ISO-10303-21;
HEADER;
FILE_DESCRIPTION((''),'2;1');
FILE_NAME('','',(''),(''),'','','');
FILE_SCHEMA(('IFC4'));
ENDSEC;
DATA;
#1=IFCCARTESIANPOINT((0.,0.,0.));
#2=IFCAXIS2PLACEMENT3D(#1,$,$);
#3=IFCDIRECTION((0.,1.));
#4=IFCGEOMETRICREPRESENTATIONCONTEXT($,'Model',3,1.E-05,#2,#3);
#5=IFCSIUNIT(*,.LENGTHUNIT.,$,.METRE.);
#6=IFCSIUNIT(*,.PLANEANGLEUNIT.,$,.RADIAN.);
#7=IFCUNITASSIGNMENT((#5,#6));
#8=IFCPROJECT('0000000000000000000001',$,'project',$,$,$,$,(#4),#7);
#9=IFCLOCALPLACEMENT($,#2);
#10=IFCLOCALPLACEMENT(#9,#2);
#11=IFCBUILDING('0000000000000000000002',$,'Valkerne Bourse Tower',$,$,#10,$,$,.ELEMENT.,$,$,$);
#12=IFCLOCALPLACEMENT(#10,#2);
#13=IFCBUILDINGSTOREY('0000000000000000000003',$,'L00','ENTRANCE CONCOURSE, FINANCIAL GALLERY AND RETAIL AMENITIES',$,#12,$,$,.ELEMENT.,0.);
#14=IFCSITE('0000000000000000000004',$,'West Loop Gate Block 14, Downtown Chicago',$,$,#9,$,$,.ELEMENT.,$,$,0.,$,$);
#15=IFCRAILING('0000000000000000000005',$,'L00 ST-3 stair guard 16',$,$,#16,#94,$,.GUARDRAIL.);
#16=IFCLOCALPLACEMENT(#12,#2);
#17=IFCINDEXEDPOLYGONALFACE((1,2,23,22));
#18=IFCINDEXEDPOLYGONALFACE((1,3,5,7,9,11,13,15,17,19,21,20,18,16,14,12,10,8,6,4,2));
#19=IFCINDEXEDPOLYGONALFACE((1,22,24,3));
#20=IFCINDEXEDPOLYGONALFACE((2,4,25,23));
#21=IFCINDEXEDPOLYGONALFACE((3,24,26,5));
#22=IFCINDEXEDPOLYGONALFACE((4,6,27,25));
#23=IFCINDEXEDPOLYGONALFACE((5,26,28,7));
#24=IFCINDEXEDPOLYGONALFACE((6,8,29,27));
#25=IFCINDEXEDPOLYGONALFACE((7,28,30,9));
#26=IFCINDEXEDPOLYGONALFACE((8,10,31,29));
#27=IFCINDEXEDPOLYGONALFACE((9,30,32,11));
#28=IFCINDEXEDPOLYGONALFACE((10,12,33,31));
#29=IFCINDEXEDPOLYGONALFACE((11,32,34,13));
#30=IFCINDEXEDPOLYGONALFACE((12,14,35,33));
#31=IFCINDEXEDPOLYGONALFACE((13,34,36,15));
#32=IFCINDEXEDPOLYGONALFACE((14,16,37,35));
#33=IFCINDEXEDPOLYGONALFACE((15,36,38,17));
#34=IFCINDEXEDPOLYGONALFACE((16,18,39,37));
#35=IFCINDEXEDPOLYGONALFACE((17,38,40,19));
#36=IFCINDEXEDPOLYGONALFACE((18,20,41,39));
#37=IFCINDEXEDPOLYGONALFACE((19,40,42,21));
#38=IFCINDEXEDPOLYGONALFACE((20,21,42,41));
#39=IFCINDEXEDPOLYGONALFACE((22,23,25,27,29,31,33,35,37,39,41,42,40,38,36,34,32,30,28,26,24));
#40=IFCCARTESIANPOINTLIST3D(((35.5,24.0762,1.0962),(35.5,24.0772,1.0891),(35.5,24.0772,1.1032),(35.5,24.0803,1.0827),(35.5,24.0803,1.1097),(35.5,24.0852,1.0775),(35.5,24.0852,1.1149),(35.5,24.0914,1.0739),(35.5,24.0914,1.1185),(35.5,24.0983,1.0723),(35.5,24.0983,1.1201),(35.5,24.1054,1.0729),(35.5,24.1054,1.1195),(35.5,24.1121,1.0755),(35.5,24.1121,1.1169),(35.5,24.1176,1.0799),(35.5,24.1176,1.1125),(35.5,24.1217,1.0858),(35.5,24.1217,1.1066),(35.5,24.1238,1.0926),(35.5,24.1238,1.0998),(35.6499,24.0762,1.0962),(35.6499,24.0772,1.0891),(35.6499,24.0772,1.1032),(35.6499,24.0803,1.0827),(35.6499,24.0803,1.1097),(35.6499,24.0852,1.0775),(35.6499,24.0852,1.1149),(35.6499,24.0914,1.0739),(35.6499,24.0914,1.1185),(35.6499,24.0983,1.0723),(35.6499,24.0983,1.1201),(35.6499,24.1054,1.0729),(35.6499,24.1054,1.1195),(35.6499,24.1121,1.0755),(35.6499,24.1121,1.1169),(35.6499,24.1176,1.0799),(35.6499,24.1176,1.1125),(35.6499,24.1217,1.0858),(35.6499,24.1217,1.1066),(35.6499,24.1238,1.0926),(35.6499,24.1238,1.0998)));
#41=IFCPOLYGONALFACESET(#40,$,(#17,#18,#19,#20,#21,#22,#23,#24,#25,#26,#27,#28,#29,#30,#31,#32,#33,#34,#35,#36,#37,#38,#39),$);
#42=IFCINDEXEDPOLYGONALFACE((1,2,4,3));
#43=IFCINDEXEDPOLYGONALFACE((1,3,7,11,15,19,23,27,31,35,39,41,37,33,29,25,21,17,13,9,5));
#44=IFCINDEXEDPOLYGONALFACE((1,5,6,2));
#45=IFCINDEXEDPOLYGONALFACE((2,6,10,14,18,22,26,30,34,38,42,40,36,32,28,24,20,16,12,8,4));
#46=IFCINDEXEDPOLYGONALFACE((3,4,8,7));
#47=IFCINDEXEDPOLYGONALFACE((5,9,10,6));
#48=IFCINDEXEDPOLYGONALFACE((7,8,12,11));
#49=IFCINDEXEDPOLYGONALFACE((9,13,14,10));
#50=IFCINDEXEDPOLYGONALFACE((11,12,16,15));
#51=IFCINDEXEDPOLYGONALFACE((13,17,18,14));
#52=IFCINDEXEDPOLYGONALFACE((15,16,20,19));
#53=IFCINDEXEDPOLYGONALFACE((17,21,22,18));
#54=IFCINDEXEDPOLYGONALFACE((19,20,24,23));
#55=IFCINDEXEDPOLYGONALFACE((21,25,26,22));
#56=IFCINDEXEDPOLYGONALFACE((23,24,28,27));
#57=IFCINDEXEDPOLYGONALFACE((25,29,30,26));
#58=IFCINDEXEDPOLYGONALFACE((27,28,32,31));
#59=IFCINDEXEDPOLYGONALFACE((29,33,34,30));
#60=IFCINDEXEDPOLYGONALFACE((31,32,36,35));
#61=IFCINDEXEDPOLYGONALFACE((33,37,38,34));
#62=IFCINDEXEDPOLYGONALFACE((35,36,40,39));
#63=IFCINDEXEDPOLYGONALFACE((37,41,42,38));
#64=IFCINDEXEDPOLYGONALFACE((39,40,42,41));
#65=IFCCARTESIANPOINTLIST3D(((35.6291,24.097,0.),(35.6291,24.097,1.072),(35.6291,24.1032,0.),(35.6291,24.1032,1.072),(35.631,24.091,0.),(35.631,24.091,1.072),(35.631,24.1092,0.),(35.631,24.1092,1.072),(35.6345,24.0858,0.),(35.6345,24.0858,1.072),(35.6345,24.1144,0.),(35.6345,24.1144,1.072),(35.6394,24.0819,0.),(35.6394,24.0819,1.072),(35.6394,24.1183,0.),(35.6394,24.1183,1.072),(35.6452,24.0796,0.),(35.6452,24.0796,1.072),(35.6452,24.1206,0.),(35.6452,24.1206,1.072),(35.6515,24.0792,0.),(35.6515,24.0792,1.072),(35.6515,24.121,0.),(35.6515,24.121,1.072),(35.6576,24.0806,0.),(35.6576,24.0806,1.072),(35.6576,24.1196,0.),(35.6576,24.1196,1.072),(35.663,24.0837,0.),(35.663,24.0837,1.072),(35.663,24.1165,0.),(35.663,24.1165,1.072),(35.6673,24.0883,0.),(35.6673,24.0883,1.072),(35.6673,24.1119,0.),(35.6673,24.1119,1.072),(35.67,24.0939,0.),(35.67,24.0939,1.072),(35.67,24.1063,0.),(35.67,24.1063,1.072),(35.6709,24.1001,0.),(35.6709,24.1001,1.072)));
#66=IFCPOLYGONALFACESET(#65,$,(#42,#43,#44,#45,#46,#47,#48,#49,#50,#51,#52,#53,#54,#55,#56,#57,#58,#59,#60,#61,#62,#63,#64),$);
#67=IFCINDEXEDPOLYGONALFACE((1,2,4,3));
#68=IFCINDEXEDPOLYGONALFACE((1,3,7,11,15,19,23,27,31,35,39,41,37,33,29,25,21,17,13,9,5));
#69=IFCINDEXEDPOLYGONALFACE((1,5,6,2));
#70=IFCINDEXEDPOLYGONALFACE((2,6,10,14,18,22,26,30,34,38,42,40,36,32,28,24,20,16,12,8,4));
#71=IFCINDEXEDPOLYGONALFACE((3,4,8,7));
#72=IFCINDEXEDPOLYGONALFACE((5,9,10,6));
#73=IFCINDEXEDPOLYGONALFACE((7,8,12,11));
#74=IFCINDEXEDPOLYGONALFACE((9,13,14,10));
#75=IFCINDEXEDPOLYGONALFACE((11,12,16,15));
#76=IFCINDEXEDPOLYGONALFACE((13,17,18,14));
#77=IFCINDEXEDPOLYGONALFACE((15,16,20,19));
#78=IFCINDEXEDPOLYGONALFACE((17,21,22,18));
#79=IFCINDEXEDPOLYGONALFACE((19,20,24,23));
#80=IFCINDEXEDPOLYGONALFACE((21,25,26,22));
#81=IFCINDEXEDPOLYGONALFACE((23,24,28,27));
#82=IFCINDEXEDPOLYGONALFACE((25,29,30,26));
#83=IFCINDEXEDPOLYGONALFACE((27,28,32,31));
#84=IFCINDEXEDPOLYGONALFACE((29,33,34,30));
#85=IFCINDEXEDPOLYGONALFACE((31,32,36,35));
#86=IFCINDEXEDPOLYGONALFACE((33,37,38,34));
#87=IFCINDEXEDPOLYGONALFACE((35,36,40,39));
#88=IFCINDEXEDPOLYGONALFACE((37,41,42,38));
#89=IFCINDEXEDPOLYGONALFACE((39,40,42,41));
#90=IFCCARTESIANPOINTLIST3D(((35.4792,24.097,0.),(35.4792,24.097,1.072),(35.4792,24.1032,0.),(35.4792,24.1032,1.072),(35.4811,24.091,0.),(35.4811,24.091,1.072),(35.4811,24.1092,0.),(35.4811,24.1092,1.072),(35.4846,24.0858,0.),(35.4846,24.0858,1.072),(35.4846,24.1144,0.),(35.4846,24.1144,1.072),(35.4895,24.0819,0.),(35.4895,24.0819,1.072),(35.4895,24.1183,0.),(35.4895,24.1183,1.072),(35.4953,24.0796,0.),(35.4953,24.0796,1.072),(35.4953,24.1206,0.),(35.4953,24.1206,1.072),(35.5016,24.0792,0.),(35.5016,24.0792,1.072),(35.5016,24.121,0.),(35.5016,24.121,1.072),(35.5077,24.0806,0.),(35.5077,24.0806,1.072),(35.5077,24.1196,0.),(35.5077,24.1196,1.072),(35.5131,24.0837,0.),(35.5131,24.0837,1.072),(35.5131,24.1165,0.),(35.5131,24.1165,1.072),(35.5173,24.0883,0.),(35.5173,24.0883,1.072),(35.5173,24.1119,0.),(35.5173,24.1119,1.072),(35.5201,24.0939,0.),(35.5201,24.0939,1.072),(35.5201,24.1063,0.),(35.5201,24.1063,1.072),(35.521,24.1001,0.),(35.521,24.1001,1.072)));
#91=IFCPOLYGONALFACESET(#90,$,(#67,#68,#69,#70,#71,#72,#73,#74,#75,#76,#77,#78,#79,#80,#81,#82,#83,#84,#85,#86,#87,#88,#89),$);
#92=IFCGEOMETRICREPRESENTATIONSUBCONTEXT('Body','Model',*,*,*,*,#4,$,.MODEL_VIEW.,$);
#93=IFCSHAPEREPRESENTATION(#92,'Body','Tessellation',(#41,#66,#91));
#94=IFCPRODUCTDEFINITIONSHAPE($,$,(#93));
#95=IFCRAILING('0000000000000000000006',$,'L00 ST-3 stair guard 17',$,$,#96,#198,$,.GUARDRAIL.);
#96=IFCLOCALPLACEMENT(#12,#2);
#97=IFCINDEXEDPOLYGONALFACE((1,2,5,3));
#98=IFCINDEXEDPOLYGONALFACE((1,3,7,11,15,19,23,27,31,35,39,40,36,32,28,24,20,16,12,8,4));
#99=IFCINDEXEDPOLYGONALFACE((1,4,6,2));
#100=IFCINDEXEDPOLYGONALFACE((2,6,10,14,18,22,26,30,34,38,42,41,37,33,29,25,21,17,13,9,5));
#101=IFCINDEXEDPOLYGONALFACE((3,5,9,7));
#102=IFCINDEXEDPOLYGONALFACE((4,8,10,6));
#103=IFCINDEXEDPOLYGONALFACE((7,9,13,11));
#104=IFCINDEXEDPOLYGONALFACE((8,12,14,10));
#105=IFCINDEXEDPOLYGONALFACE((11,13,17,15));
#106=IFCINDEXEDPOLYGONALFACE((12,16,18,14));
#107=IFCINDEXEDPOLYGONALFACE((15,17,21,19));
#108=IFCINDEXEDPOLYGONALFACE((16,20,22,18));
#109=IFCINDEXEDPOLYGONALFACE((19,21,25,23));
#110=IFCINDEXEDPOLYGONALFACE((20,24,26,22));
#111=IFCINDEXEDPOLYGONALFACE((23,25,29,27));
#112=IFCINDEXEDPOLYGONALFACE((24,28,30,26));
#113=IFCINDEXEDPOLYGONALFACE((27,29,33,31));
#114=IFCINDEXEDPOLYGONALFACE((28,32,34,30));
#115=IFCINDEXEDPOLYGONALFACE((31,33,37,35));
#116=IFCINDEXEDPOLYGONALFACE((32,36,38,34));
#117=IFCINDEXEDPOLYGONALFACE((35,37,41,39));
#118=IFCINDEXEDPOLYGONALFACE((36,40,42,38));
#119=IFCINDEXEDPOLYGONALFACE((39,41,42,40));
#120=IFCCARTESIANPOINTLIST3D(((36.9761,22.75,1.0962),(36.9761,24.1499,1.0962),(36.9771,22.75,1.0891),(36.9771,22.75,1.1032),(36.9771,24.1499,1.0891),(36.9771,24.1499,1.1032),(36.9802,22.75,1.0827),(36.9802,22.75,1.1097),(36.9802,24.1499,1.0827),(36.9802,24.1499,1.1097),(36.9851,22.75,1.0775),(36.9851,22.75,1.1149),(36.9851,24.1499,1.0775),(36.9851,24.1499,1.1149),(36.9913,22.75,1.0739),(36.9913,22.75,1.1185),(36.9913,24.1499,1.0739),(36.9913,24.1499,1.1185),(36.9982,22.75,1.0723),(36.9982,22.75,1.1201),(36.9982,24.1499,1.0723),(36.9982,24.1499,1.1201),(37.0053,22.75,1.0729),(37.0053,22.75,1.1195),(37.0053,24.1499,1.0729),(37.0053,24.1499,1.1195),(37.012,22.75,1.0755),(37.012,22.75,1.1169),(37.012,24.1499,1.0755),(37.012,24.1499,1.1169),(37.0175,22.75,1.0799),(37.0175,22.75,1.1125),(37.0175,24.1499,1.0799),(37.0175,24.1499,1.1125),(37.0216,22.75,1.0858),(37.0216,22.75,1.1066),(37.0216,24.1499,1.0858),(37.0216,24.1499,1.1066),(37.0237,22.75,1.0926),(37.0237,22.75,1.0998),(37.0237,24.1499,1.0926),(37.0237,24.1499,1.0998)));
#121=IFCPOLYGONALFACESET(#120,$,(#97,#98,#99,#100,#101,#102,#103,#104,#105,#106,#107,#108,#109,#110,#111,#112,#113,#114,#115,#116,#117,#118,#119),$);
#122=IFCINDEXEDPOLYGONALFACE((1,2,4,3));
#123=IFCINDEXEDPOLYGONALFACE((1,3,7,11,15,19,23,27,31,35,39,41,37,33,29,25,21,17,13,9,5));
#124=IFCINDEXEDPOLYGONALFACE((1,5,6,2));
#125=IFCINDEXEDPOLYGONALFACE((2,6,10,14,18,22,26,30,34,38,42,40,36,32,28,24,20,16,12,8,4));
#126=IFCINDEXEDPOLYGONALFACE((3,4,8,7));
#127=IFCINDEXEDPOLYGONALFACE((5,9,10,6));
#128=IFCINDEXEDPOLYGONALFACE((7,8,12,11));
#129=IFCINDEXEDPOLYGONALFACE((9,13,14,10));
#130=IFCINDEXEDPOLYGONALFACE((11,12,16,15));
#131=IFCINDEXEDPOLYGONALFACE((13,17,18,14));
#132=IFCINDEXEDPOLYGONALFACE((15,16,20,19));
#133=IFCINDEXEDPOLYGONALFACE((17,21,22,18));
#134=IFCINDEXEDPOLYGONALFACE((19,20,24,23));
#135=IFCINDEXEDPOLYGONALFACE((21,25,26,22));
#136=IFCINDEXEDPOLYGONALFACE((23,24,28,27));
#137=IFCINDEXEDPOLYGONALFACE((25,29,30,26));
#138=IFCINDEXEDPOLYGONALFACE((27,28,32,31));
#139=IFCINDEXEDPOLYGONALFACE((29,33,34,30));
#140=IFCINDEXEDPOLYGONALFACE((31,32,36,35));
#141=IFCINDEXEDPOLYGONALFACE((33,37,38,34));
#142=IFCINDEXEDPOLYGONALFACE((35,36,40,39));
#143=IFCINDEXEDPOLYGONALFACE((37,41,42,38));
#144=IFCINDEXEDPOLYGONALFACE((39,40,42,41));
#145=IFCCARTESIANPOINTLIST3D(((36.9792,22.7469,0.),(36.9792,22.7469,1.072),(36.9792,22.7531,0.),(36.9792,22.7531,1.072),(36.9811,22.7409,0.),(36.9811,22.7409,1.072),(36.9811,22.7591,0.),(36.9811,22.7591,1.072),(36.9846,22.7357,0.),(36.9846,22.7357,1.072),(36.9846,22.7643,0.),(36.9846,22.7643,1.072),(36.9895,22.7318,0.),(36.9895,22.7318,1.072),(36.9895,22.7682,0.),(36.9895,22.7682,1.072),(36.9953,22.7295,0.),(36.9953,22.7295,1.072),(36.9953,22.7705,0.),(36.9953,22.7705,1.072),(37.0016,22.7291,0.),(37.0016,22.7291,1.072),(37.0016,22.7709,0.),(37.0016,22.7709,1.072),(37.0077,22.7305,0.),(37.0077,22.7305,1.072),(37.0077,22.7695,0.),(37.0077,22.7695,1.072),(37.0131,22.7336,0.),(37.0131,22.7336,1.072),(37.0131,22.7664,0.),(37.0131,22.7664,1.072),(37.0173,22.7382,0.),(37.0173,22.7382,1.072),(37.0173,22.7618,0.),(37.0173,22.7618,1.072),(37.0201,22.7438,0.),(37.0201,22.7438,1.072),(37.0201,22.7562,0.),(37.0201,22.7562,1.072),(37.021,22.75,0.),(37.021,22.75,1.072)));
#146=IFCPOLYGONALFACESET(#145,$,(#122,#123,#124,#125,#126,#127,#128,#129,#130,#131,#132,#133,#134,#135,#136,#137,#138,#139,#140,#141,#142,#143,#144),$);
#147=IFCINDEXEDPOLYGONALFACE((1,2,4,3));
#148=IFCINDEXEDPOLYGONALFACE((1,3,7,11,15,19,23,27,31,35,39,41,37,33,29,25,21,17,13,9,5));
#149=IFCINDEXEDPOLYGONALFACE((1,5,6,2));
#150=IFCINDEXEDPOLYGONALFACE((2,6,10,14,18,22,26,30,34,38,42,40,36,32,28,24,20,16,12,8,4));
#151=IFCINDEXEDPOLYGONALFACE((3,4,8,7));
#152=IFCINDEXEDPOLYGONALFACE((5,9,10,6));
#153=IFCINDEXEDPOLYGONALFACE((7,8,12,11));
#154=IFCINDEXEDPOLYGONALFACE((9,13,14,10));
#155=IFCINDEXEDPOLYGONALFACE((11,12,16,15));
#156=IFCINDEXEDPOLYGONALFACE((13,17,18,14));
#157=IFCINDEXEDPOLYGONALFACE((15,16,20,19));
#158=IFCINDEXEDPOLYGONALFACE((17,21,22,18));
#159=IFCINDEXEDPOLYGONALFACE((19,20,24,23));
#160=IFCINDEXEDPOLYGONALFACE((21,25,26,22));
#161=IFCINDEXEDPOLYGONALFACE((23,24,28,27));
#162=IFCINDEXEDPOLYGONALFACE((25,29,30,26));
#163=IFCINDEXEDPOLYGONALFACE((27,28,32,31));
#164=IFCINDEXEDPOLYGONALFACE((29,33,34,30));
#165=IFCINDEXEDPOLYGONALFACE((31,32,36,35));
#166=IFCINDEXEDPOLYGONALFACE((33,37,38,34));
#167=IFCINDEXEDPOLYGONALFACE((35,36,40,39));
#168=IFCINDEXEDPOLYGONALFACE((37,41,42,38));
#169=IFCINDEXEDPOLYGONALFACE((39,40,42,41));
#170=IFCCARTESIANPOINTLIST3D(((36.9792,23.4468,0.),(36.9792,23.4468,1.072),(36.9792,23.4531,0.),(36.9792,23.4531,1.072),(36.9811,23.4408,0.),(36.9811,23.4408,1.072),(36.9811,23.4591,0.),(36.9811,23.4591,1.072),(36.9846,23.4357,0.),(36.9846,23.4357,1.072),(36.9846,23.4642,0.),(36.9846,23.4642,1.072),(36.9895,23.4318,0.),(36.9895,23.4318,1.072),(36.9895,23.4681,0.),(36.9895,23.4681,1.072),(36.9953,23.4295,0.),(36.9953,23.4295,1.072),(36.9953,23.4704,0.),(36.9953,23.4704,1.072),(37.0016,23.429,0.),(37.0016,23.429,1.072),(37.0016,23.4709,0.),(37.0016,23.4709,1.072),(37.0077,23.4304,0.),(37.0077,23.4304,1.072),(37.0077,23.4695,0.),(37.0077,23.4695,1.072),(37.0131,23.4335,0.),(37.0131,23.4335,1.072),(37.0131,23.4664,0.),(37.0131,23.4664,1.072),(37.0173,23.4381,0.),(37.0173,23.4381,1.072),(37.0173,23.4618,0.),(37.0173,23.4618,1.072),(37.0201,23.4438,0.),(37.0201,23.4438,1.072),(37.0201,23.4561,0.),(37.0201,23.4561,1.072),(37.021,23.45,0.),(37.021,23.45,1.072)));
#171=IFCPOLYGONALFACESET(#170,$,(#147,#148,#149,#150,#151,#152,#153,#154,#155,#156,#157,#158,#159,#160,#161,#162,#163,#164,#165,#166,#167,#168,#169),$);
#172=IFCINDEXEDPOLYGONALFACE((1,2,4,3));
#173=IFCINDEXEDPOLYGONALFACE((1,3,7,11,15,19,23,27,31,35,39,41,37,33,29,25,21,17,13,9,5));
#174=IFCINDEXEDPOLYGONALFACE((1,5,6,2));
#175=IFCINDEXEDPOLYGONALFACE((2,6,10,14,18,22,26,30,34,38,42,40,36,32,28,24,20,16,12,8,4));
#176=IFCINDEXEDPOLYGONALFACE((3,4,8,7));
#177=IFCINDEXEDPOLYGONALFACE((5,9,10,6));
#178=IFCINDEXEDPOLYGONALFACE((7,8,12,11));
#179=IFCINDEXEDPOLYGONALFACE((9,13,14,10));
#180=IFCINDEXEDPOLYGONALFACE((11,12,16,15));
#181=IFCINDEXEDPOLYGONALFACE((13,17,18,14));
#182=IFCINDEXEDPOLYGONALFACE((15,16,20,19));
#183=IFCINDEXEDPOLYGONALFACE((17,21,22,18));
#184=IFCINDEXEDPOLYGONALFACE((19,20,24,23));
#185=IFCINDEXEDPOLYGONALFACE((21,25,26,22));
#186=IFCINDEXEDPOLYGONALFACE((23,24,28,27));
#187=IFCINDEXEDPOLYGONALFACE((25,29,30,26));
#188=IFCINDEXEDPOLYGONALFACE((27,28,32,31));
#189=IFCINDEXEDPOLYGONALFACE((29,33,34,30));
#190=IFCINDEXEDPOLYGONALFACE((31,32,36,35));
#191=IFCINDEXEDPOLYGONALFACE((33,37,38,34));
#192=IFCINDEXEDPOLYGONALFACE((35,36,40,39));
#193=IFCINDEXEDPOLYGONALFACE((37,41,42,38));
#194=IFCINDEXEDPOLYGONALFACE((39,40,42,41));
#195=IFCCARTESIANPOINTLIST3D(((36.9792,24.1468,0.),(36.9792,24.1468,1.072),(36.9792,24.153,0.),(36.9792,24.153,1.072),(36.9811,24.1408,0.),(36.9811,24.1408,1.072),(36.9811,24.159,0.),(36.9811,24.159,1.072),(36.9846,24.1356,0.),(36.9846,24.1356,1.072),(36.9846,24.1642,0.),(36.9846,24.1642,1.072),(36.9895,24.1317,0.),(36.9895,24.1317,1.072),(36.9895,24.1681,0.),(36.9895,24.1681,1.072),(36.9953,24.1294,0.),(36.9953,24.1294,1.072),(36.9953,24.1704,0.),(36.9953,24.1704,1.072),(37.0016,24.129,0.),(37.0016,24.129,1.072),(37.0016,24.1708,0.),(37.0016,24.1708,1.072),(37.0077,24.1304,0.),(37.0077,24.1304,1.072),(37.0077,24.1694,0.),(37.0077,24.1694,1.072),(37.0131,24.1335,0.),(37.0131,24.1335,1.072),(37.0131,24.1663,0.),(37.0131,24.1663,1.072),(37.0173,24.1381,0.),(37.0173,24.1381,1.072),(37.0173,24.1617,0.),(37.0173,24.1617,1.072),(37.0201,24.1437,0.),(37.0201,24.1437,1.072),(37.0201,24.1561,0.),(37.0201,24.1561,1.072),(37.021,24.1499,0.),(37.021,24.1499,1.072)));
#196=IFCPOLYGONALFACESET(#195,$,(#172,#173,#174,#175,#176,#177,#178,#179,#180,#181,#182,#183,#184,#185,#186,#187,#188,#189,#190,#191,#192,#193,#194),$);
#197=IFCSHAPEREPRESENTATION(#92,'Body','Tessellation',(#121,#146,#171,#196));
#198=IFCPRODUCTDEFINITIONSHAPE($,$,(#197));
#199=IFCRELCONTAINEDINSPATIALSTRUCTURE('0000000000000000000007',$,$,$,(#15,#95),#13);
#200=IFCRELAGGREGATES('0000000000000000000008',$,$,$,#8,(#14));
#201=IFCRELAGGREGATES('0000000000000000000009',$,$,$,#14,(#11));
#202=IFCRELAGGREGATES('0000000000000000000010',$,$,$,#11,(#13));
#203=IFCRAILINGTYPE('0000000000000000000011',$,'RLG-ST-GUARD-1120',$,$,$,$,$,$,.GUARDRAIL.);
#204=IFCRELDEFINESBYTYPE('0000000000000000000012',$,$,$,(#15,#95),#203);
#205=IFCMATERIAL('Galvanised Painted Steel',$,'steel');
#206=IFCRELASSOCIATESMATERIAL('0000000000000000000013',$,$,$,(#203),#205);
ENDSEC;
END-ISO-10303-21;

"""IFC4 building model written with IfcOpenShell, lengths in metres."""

from ifc_helpers import new_model, si_unit, direction, frame, origin, origin_2d, place, context, subcontext, project, spatial, circle, extrude, material, type_object, element, save


model = new_model("IFC4")

# Units and contexts
model_context = context("Model", 3, precision=1e-05, world=origin(), true_north=direction((0.0, 1.0)))
body_context = subcontext(model_context, "Body", "Model", "MODEL_VIEW")
ifc_project = project(units=[si_unit("LENGTHUNIT", "METRE"), si_unit("PLANEANGLEUNIT", "RADIAN")], contexts=[model_context])

# Site, building, storey
site_placement = place(None, origin())
site = spatial("IfcSite", under=ifc_project, at=site_placement, Name="West Loop Gate Block 14, Downtown Chicago", CompositionType="ELEMENT", RefElevation=0.0)
building_placement = place(site_placement, origin())
building = spatial("IfcBuilding", under=site, at=building_placement, Name="Valkerne Bourse Tower", CompositionType="ELEMENT")
storey_placement = place(building_placement, origin())
storey = spatial("IfcBuildingStorey", under=building, at=storey_placement, Name="L00", Description="ENTRANCE CONCOURSE, FINANCIAL GALLERY AND RETAIL AMENITIES", CompositionType="ELEMENT", Elevation=0.0)

# Shared definitions
ifc_material_1 = material(Name="Galvanised Painted Steel", Category="steel")

# Railings
railing_type_1 = type_object("IfcRailingType", Name="RLG-ST-GUARD-1120", PredefinedType="GUARDRAIL", material=ifc_material_1)
railing_1_placement = place(storey_placement, frame((35.6499, 24.1001, 0.0)))
element("IfcRailing", 1, at=railing_1_placement, inside=storey, type_object=railing_type_1, Name="L00 ST-3 stair guard 16", PredefinedType="GUARDRAIL", context=body_context, shape_type="SweptSolid", body=[
    extrude(circle(Radius=0.0239, at=origin_2d()), frame((0.0, 0.0, 1.0962), z_axis=(-1.0, 0.0, 0.0), x_axis=(0.0, -1.0, 0.0)), (0.0, 0.0, 1.0), 0.1499),
    extrude(circle(Radius=0.021, at=origin_2d()), origin(), (0.0, 0.0, 1.0), 1.072),
    extrude(circle(Radius=0.021, at=origin_2d()), frame((-0.1499, 0.0, 0.0)), (0.0, 0.0, 1.0), 1.072),
])
for number, where, name in (
    (2, (37.0, 22.75, 0.0), "L00 ST-3 stair guard 17"),
):
    element("IfcRailing", number, at=place(storey_placement, frame(where)), inside=storey, type_object=railing_type_1, Name=name, PredefinedType="GUARDRAIL", context=body_context, shape_type="SweptSolid", body=[
        extrude(circle(Radius=0.0239, at=origin_2d()), frame((0.0, 0.0, 1.0962), z_axis=(0.0, 1.0, 0.0), x_axis=(-1.0, 0.0, 0.0)), (0.0, 0.0, 1.0), 1.3999),
        extrude(circle(Radius=0.021, at=origin_2d()), origin(), (0.0, 0.0, 1.0), 1.072),
        extrude(circle(Radius=0.021, at=origin_2d()), frame((0.0, 0.7, 0.0)), (0.0, 0.0, 1.0), 1.072),
        extrude(circle(Radius=0.021, at=origin_2d()), frame((0.0, 1.3999, 0.0)), (0.0, 0.0, 1.0), 1.072),
    ])

save(model, "model.ifc")
